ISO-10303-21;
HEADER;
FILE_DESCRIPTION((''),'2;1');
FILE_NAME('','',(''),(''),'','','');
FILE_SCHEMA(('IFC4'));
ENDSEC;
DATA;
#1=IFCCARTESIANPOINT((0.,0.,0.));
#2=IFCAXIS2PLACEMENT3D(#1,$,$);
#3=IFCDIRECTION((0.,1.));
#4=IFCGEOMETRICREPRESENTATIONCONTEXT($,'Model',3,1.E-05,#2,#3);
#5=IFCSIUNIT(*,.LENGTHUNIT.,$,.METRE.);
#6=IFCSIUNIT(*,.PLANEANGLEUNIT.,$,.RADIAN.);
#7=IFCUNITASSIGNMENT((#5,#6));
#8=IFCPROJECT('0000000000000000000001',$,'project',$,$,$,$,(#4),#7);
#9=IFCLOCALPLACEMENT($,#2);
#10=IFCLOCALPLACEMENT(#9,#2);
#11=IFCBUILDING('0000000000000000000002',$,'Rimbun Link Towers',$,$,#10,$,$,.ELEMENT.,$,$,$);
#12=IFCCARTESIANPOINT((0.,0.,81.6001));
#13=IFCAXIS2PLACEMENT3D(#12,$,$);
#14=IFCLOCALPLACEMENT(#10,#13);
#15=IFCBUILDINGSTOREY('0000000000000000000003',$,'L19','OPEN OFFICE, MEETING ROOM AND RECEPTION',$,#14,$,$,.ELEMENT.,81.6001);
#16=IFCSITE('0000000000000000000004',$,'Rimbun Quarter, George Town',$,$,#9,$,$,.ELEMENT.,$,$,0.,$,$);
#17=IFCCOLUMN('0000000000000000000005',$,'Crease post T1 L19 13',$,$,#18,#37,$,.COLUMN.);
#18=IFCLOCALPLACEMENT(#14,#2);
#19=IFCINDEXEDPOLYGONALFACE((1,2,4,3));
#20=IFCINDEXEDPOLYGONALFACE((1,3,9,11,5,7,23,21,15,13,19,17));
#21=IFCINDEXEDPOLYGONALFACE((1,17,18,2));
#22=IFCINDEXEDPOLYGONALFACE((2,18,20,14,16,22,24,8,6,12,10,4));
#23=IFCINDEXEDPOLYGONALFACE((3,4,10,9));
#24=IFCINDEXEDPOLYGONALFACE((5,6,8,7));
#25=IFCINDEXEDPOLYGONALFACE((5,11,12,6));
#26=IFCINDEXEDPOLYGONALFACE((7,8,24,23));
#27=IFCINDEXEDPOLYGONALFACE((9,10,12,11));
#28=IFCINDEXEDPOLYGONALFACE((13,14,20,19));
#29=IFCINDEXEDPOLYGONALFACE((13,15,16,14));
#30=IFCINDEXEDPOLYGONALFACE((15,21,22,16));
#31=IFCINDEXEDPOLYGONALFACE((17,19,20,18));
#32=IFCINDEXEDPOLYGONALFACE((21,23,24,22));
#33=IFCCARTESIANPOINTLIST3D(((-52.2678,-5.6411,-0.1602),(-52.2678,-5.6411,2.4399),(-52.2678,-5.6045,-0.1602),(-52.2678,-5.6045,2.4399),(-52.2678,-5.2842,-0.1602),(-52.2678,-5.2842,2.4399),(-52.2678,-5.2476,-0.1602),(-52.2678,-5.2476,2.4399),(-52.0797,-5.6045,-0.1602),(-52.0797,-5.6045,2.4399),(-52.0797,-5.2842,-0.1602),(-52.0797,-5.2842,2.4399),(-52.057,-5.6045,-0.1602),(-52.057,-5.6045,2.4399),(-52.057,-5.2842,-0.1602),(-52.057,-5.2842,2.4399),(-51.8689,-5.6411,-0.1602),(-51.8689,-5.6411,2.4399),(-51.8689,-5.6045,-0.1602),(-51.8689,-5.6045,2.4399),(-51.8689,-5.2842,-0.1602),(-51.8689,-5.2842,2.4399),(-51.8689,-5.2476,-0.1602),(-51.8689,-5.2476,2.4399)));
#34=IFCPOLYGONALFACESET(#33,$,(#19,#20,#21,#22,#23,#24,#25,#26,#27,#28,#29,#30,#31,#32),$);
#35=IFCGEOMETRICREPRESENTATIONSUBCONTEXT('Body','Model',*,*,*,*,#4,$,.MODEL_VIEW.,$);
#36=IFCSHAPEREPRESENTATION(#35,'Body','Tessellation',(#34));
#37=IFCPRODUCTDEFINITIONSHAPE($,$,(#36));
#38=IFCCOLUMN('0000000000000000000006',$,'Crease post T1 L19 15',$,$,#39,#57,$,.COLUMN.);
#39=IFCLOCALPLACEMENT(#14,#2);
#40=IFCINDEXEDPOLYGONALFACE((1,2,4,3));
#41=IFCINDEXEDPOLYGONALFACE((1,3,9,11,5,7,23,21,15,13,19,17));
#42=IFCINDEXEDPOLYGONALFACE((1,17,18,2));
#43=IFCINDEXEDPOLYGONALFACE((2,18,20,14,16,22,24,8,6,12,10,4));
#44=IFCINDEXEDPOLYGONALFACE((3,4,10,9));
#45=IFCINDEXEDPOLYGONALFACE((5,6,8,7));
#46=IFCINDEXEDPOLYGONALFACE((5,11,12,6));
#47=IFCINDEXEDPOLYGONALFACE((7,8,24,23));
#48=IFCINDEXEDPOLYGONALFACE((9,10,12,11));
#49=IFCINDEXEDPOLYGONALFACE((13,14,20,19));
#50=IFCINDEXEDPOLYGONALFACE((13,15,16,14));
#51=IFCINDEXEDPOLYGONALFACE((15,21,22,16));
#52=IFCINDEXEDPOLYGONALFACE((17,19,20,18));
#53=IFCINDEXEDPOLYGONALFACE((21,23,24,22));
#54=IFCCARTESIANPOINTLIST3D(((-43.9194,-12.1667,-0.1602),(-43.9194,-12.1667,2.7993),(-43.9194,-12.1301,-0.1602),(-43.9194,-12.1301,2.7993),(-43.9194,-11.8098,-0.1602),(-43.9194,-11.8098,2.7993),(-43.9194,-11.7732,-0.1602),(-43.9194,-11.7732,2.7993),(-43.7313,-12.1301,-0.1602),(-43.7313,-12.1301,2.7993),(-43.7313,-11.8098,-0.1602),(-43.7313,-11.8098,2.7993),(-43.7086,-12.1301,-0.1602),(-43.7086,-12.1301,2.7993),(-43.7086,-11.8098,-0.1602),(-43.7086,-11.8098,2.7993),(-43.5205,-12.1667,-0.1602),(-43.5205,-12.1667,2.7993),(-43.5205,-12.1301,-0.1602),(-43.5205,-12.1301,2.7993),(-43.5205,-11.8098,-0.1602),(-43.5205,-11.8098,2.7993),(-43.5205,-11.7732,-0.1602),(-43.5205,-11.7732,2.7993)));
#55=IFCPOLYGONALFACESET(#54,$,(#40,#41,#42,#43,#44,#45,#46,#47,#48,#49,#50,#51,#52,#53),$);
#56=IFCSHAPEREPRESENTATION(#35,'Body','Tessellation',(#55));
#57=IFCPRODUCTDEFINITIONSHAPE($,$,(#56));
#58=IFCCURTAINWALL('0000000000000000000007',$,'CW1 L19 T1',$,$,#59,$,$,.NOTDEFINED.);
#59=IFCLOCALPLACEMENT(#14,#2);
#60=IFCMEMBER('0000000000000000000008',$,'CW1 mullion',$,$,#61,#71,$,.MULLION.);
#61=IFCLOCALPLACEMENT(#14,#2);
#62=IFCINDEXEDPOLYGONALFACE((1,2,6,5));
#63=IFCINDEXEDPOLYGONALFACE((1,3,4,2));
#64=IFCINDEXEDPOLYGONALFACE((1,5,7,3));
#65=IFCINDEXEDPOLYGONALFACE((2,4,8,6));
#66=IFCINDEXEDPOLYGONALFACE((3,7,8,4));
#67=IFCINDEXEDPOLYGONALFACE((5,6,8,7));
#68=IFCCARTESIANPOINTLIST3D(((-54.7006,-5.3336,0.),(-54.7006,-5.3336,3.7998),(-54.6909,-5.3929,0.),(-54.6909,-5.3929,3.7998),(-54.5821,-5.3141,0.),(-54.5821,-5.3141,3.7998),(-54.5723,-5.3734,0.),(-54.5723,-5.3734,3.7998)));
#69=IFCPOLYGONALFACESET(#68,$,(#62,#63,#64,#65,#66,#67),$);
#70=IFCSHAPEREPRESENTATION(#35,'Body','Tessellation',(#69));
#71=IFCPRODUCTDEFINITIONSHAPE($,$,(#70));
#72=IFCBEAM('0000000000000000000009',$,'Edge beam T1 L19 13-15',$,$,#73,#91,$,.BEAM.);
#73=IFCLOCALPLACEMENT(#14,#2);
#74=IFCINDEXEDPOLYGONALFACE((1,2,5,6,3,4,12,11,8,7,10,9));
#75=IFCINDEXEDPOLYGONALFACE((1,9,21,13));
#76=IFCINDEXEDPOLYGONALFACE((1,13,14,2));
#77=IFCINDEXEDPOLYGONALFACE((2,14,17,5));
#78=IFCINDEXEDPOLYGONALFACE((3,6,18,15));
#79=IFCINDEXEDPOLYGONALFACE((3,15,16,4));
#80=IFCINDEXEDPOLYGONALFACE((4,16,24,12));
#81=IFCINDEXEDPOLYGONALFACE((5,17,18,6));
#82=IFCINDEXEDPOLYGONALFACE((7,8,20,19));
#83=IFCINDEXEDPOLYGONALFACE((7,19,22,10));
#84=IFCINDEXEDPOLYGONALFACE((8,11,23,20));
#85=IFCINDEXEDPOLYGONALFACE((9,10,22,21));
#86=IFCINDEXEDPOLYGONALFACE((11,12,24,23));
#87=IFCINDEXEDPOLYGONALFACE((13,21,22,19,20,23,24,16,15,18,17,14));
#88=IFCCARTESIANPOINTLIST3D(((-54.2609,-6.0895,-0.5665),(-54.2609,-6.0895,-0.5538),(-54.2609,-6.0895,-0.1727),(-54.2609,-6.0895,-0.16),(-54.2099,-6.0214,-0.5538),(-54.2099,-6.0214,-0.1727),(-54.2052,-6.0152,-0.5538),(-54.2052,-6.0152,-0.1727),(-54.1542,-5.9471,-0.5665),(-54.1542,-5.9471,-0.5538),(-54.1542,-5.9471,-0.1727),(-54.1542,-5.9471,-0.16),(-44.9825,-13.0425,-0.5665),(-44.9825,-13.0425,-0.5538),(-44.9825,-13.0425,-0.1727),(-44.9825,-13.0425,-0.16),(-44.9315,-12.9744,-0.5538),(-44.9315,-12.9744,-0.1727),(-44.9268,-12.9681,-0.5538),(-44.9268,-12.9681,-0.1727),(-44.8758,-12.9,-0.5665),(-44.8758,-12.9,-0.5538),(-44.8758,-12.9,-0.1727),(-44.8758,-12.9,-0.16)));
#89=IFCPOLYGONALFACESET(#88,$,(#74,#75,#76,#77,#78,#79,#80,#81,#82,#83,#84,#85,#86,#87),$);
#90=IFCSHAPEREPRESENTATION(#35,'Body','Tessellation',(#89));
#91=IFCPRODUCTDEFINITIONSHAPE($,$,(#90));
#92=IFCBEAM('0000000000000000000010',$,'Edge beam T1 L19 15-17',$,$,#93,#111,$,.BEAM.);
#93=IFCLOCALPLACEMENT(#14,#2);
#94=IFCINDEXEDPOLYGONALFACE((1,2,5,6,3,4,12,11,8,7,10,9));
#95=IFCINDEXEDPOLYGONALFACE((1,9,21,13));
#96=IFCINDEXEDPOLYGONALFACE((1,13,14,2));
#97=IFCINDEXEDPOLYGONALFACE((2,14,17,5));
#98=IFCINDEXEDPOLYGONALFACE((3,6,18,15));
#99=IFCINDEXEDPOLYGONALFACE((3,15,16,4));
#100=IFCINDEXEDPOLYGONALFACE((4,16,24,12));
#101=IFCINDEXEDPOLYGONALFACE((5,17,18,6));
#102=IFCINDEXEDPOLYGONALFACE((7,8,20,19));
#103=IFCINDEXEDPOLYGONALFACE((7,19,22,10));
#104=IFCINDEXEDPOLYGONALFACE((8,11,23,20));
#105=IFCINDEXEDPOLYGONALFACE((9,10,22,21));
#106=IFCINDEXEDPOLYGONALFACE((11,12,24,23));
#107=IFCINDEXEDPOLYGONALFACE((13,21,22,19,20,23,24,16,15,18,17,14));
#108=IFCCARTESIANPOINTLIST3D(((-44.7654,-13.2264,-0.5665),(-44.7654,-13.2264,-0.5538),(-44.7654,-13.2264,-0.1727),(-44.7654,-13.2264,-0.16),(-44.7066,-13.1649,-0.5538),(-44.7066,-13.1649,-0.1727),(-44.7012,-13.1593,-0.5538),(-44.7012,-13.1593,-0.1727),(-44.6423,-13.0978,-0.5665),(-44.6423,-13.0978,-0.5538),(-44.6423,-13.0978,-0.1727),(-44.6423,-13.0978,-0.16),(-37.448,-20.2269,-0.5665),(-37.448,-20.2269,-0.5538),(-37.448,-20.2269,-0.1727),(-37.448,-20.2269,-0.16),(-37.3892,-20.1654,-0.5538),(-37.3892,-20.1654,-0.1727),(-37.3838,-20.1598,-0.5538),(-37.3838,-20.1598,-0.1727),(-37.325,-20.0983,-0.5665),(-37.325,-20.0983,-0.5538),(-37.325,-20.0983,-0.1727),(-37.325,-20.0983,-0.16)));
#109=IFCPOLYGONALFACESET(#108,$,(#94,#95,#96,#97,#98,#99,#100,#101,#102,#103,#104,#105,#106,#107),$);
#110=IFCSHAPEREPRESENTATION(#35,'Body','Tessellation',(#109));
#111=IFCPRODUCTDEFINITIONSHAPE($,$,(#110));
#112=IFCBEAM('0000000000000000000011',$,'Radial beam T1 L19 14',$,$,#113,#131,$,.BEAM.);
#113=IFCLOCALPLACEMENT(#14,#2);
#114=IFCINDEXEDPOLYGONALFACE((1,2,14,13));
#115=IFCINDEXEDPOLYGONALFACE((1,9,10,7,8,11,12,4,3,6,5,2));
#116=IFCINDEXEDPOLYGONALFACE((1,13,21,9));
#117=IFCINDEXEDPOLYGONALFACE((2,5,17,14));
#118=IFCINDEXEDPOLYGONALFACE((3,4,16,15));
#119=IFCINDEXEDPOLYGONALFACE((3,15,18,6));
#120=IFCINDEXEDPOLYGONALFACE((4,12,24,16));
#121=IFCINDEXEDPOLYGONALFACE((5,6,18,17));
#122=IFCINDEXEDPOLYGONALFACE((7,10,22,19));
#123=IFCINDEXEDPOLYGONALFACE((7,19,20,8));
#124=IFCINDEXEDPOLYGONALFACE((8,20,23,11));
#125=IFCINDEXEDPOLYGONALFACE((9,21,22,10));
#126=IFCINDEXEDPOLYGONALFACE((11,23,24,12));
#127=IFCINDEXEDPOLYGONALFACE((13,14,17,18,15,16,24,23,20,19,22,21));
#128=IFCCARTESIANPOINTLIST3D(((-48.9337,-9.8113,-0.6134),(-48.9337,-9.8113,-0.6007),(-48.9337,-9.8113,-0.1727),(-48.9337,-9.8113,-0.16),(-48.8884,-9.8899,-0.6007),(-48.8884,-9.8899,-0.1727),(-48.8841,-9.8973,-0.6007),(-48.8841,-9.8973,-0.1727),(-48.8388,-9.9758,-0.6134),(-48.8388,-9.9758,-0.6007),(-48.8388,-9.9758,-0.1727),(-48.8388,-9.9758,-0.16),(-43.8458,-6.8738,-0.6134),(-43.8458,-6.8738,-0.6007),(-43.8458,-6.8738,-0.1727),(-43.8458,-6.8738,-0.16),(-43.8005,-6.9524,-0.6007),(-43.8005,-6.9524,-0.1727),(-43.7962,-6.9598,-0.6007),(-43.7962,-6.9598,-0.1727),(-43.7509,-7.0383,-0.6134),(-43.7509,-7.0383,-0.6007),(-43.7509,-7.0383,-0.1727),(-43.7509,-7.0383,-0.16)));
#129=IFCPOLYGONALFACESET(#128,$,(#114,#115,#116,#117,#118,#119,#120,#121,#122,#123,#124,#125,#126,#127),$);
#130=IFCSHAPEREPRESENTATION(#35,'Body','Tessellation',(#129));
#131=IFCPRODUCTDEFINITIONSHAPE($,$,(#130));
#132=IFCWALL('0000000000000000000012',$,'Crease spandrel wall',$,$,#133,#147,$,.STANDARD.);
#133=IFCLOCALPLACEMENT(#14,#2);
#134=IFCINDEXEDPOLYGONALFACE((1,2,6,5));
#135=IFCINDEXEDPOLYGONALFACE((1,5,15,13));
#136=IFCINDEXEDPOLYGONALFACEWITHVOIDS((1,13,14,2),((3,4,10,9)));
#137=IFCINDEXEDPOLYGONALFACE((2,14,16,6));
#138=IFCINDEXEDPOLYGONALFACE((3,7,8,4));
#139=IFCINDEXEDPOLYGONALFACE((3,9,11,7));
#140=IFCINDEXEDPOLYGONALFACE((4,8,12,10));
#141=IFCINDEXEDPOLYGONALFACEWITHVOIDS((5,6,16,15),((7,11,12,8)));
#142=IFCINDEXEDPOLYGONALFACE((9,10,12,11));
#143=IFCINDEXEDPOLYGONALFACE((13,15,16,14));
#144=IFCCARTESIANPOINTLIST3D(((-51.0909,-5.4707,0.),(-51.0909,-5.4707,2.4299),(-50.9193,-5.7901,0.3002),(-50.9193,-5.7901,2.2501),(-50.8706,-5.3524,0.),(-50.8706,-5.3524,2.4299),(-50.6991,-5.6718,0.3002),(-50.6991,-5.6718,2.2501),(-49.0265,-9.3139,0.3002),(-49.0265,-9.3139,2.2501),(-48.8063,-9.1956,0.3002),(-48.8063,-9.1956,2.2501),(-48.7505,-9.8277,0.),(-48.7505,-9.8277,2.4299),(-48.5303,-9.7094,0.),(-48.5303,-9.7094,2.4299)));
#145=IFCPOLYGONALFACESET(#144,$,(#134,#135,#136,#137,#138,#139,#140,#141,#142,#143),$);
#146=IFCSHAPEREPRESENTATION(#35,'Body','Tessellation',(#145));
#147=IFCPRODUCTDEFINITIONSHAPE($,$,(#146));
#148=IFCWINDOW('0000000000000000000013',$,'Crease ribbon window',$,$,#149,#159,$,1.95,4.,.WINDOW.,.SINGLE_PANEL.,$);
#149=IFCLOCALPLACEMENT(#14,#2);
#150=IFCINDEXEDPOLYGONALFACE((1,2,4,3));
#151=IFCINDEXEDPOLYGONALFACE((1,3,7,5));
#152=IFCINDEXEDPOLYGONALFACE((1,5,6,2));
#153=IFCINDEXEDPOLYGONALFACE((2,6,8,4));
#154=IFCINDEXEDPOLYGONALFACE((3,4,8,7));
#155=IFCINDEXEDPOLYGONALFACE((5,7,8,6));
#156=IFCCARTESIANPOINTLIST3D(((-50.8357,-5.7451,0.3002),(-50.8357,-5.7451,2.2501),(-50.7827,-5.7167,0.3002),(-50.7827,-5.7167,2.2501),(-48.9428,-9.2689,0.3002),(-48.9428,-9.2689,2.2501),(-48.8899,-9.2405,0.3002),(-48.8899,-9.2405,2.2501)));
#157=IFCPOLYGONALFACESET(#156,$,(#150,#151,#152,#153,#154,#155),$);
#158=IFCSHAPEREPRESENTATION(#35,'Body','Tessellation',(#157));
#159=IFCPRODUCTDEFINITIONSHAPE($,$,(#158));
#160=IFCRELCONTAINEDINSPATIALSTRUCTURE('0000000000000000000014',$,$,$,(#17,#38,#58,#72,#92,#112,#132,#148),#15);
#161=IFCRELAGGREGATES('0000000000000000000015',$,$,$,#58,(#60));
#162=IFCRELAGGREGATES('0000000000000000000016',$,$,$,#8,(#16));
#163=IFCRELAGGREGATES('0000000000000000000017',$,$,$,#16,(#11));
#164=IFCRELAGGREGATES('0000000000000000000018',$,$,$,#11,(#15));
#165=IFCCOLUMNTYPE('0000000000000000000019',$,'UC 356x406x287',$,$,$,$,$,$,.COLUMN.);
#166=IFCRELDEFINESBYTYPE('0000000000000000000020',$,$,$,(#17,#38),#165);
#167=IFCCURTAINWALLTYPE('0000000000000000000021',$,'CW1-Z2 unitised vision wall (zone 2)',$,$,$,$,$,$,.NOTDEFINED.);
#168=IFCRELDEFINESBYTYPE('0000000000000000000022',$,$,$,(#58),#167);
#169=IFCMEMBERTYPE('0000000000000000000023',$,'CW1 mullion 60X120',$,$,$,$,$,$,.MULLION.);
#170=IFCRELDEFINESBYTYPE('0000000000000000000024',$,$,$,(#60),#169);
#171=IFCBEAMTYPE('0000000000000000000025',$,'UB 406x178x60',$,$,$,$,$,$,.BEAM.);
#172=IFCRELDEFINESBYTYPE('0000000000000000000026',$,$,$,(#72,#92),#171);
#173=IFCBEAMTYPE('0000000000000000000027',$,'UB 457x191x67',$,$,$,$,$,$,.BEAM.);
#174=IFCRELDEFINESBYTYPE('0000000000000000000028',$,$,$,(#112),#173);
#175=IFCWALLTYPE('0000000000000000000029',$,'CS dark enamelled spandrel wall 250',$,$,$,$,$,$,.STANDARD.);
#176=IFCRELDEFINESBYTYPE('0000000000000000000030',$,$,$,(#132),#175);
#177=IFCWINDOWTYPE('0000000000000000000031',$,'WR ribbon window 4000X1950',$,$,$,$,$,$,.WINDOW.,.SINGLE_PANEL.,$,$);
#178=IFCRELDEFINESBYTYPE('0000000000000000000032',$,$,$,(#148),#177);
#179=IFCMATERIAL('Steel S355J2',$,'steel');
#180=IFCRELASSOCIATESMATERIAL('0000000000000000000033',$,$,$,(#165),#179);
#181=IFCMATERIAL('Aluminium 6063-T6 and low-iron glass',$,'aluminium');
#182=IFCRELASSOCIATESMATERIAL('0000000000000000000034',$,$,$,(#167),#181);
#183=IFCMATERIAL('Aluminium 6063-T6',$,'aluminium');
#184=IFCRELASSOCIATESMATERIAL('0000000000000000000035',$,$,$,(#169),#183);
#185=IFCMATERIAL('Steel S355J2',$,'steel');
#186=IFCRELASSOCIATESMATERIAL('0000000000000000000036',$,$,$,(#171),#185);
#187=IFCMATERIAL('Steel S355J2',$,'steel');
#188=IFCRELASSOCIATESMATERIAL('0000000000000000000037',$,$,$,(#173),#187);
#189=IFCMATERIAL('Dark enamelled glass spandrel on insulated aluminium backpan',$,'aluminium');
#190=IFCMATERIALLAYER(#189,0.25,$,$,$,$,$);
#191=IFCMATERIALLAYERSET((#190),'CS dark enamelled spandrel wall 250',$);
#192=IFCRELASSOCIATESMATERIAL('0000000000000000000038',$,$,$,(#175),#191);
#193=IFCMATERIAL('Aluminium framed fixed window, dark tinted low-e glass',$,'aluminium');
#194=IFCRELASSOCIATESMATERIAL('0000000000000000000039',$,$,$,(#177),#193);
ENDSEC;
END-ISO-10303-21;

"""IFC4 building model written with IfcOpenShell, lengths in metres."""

from ifc_helpers import new_model, si_unit, direction, frame, frame_2d, origin, origin_2d, place, context, subcontext, project, spatial, rectangle, i_section, extrude, material, layer, layer_set, material_profile, profile_set, type_object, element, fill, aggregate, save


model = new_model("IFC4")

# Units and contexts
model_context = context("Model", 3, precision=1e-05, world=origin(), true_north=direction((0.0, 1.0)))
body_context = subcontext(model_context, "Body", "Model", "MODEL_VIEW")
ifc_project = project(units=[si_unit("LENGTHUNIT", "METRE"), si_unit("PLANEANGLEUNIT", "RADIAN")], contexts=[model_context])

# Site, building, storey
site_placement = place(None, origin())
site = spatial("IfcSite", under=ifc_project, at=site_placement, Name="Rimbun Quarter, George Town", CompositionType="ELEMENT", RefElevation=0.0)
building_placement = place(site_placement, origin())
building = spatial("IfcBuilding", under=site, at=building_placement, Name="Rimbun Link Towers", CompositionType="ELEMENT")
storey_placement = place(building_placement, frame((0.0, 0.0, 81.6001)))
storey = spatial("IfcBuildingStorey", under=building, at=storey_placement, Name="L19", Description="OPEN OFFICE, MEETING ROOM AND RECEPTION", CompositionType="ELEMENT", Elevation=81.6001)

# Columns
ifc_material_1 = material(Name="Steel S355J2", Category="steel")
ifc_material_profile_1 = material_profile(ifc_material_1, i_section(OverallWidth=0.3989, OverallDepth=0.3936, WebThickness=0.0227, FlangeThickness=0.0366, at=origin_2d()), Name="UC 356x406x287")
ifc_profile_set_1 = profile_set([ifc_material_profile_1], Name="Steel S355J2")
column_type = type_object("IfcColumnType", Name="UC 356x406x287", PredefinedType="COLUMN", material=ifc_profile_set_1)
column_1_placement = place(storey_placement, frame((-52.0684, -5.4443, -0.1602), z_axis=(0.0, 0.0, 1.0), x_axis=(1.0, 0.0, 0.0)))
element("IfcColumn", 1, at=column_1_placement, inside=storey, type_object=column_type, Name="Crease post T1 L19 13", PredefinedType="COLUMN", context=body_context, shape_type="SweptSolid", body=[
    extrude(i_section(OverallWidth=0.3989, OverallDepth=0.3936, WebThickness=0.0227, FlangeThickness=0.0366, at=origin_2d()), origin(), (0.0, 0.0, 1.0), 2.6001),
])
column_2_placement = place(storey_placement, frame((-43.72, -11.97, -0.1602), z_axis=(0.0, 0.0, 1.0), x_axis=(1.0, 0.0, 0.0)))
element("IfcColumn", 2, at=column_2_placement, inside=storey, type_object=column_type, Name="Crease post T1 L19 15", PredefinedType="COLUMN", context=body_context, shape_type="SweptSolid", body=[
    extrude(i_section(OverallWidth=0.3989, OverallDepth=0.3936, WebThickness=0.0227, FlangeThickness=0.0366, at=origin_2d()), origin(), (0.0, 0.0, 1.0), 2.9595),
])

# Curtain wall, member
ifc_material_2 = material(Name="Aluminium 6063-T6 and low-iron glass", Category="aluminium")
curtain_wall_type = type_object("IfcCurtainWallType", Name="CW1-Z2 unitised vision wall (zone 2)", PredefinedType="NOTDEFINED", material=ifc_material_2)
curtain_wall_placement = place(storey_placement, origin())
curtain_wall = element("IfcCurtainWall", 3, at=curtain_wall_placement, inside=storey, type_object=curtain_wall_type, Name="CW1 L19 T1", PredefinedType="NOTDEFINED")
ifc_material_3 = material(Name="Aluminium 6063-T6", Category="aluminium")
ifc_material_profile_2 = material_profile(ifc_material_3, rectangle(XDim=0.1201, YDim=0.0601, at=origin_2d()), Name="MULLION 60X120")
ifc_profile_set_2 = profile_set([ifc_material_profile_2], Name="Aluminium 6063-T6")
member_type_1 = type_object("IfcMemberType", Name="CW1 mullion 60X120", PredefinedType="MULLION", material=ifc_profile_set_2)
member_1_placement = place(storey_placement, frame((-54.6365, -5.3535, 0.0), z_axis=(0.0, 0.0, 1.0), x_axis=(-0.986749, -0.162255, 0.0)))
member_1 = element("IfcMember", 4, at=member_1_placement, type_object=member_type_1, Name="CW1 mullion", PredefinedType="MULLION", context=body_context, shape_type="SweptSolid", body=[
    extrude(rectangle(XDim=0.1201, YDim=0.0601, at=origin_2d()), origin(), (0.0, 0.0, 1.0), 3.7998),
])
aggregate(curtain_wall, [member_1])

# Beams
ifc_material_4 = material(Name="Steel S355J2", Category="steel")
ifc_material_profile_3 = material_profile(ifc_material_4, i_section(OverallWidth=0.178, OverallDepth=0.4065, WebThickness=0.0078, FlangeThickness=0.0127, at=origin_2d()), Name="UB 406x178x60")
ifc_profile_set_3 = profile_set([ifc_material_profile_3], Name="Steel S355J2")
beam_type_1 = type_object("IfcBeamType", Name="UB 406x178x60", PredefinedType="BEAM", material=ifc_profile_set_3)
beam_1_placement = place(storey_placement, frame((-54.2075, -6.0183, -0.3633), z_axis=(0.800243, -0.599677, 0.0), x_axis=(0.599677, 0.800243, 0.0)))
element("IfcBeam", 5, at=beam_1_placement, inside=storey, type_object=beam_type_1, Name="Edge beam T1 L19 13-15", PredefinedType="BEAM", context=body_context, shape_type="SweptSolid", body=[
    extrude(i_section(OverallWidth=0.178, OverallDepth=0.4065, WebThickness=0.0078, FlangeThickness=0.0127, at=origin_2d()), origin(), (0.0, 0.0, 1.0), 11.5945),
])
beam_2_placement = place(storey_placement, frame((-44.7039, -13.1621, -0.3633), z_axis=(0.72258, -0.691287, 0.0), x_axis=(0.691287, 0.72258, 0.0)))
element("IfcBeam", 6, at=beam_2_placement, inside=storey, type_object=beam_type_1, Name="Edge beam T1 L19 15-17", PredefinedType="BEAM", context=body_context, shape_type="SweptSolid", body=[
    extrude(i_section(OverallWidth=0.178, OverallDepth=0.4065, WebThickness=0.0078, FlangeThickness=0.0127, at=origin_2d()), origin(), (0.0, 0.0, 1.0), 10.1267),
])
ifc_material_5 = material(Name="Steel S355J2", Category="steel")
ifc_material_profile_4 = material_profile(ifc_material_5, i_section(OverallWidth=0.1899, OverallDepth=0.4534, WebThickness=0.0085, FlangeThickness=0.0127, at=origin_2d()), Name="UB 457x191x67")
ifc_profile_set_4 = profile_set([ifc_material_profile_4], Name="Steel S355J2")
beam_type_2 = type_object("IfcBeamType", Name="UB 457x191x67", PredefinedType="BEAM", material=ifc_profile_set_4)
beam_3_placement = place(storey_placement, frame((-43.7983, -6.9561, -0.3867), z_axis=(-0.866025, -0.500001, 0.0), x_axis=(0.500001, -0.866025, 0.0)))
element("IfcBeam", 7, at=beam_3_placement, inside=storey, type_object=beam_type_2, Name="Radial beam T1 L19 14", PredefinedType="BEAM", context=body_context, shape_type="SweptSolid", body=[
    extrude(i_section(OverallWidth=0.1899, OverallDepth=0.4534, WebThickness=0.0085, FlangeThickness=0.0127, at=origin_2d()), origin(), (0.0, 0.0, 1.0), 5.875),
])

# Wall, opening, window
ifc_material_6 = material(Name="Dark enamelled glass spandrel on insulated aluminium backpan", Category="aluminium")
ifc_layer_1 = layer(ifc_material_6, 0.25)
ifc_layer_set_1 = layer_set([ifc_layer_1], Name="CS dark enamelled spandrel wall 250")
wall_type_1 = type_object("IfcWallType", Name="CS dark enamelled spandrel wall 250", PredefinedType="STANDARD", material=ifc_layer_set_1)
wall_1_placement = place(storey_placement, frame((-48.6404, -9.7686, 0.0), z_axis=(0.0, 0.0, 1.0), x_axis=(-0.473205, 0.880953, 0.0)))
wall_1 = element("IfcWall", 8, at=wall_1_placement, inside=storey, type_object=wall_type_1, Name="Crease spandrel wall", PredefinedType="STANDARD", context=body_context, shape_type="SweptSolid", body=[
    extrude(rectangle(XDim=4.9458, YDim=0.25, at=frame_2d((2.4729, 0.0))), origin(), (0.0, 0.0, 1.0), 2.4299),
])
opening_1_placement = place(wall_1_placement, frame((0.5833, 0.0, 0.3)))
opening_1 = element("IfcOpeningElement", 9, at=opening_1_placement, cuts=wall_1, PredefinedType="OPENING", context=body_context, shape_type="SweptSolid", body=[
    extrude(rectangle(XDim=4.0, YDim=1.95, at=frame_2d((2.0, 0.9751))), frame((0.0, 0.135, 0.0), z_axis=(0.0, -1.0, 0.0), x_axis=(1.0, 0.0, 0.0)), (0.0, 0.0, 1.0), 0.27),
])
ifc_material_7 = material(Name="Aluminium framed fixed window, dark tinted low-e glass", Category="aluminium")
window_type_1 = type_object("IfcWindowType", Name="WR ribbon window 4000X1950", PartitioningType="SINGLE_PANEL", PredefinedType="WINDOW", material=ifc_material_7)
window_1_placement = place(opening_1_placement, origin())
window_1 = element("IfcWindow", 10, at=window_1_placement, inside=storey, type_object=window_type_1, Name="Crease ribbon window", OverallHeight=1.95, OverallWidth=4.0, PartitioningType="SINGLE_PANEL", PredefinedType="WINDOW", context=body_context, shape_type="SweptSolid", body=[
    extrude(rectangle(XDim=4.0, YDim=1.95, at=frame_2d((2.0, 0.9751))), frame((0.0, 0.03, 0.0), z_axis=(0.0, -1.0, 0.0), x_axis=(1.0, 0.0, 0.0)), (0.0, 0.0, 1.0), 0.0601),
])
fill(opening_1, window_1)

save(model, "model.ifc")
